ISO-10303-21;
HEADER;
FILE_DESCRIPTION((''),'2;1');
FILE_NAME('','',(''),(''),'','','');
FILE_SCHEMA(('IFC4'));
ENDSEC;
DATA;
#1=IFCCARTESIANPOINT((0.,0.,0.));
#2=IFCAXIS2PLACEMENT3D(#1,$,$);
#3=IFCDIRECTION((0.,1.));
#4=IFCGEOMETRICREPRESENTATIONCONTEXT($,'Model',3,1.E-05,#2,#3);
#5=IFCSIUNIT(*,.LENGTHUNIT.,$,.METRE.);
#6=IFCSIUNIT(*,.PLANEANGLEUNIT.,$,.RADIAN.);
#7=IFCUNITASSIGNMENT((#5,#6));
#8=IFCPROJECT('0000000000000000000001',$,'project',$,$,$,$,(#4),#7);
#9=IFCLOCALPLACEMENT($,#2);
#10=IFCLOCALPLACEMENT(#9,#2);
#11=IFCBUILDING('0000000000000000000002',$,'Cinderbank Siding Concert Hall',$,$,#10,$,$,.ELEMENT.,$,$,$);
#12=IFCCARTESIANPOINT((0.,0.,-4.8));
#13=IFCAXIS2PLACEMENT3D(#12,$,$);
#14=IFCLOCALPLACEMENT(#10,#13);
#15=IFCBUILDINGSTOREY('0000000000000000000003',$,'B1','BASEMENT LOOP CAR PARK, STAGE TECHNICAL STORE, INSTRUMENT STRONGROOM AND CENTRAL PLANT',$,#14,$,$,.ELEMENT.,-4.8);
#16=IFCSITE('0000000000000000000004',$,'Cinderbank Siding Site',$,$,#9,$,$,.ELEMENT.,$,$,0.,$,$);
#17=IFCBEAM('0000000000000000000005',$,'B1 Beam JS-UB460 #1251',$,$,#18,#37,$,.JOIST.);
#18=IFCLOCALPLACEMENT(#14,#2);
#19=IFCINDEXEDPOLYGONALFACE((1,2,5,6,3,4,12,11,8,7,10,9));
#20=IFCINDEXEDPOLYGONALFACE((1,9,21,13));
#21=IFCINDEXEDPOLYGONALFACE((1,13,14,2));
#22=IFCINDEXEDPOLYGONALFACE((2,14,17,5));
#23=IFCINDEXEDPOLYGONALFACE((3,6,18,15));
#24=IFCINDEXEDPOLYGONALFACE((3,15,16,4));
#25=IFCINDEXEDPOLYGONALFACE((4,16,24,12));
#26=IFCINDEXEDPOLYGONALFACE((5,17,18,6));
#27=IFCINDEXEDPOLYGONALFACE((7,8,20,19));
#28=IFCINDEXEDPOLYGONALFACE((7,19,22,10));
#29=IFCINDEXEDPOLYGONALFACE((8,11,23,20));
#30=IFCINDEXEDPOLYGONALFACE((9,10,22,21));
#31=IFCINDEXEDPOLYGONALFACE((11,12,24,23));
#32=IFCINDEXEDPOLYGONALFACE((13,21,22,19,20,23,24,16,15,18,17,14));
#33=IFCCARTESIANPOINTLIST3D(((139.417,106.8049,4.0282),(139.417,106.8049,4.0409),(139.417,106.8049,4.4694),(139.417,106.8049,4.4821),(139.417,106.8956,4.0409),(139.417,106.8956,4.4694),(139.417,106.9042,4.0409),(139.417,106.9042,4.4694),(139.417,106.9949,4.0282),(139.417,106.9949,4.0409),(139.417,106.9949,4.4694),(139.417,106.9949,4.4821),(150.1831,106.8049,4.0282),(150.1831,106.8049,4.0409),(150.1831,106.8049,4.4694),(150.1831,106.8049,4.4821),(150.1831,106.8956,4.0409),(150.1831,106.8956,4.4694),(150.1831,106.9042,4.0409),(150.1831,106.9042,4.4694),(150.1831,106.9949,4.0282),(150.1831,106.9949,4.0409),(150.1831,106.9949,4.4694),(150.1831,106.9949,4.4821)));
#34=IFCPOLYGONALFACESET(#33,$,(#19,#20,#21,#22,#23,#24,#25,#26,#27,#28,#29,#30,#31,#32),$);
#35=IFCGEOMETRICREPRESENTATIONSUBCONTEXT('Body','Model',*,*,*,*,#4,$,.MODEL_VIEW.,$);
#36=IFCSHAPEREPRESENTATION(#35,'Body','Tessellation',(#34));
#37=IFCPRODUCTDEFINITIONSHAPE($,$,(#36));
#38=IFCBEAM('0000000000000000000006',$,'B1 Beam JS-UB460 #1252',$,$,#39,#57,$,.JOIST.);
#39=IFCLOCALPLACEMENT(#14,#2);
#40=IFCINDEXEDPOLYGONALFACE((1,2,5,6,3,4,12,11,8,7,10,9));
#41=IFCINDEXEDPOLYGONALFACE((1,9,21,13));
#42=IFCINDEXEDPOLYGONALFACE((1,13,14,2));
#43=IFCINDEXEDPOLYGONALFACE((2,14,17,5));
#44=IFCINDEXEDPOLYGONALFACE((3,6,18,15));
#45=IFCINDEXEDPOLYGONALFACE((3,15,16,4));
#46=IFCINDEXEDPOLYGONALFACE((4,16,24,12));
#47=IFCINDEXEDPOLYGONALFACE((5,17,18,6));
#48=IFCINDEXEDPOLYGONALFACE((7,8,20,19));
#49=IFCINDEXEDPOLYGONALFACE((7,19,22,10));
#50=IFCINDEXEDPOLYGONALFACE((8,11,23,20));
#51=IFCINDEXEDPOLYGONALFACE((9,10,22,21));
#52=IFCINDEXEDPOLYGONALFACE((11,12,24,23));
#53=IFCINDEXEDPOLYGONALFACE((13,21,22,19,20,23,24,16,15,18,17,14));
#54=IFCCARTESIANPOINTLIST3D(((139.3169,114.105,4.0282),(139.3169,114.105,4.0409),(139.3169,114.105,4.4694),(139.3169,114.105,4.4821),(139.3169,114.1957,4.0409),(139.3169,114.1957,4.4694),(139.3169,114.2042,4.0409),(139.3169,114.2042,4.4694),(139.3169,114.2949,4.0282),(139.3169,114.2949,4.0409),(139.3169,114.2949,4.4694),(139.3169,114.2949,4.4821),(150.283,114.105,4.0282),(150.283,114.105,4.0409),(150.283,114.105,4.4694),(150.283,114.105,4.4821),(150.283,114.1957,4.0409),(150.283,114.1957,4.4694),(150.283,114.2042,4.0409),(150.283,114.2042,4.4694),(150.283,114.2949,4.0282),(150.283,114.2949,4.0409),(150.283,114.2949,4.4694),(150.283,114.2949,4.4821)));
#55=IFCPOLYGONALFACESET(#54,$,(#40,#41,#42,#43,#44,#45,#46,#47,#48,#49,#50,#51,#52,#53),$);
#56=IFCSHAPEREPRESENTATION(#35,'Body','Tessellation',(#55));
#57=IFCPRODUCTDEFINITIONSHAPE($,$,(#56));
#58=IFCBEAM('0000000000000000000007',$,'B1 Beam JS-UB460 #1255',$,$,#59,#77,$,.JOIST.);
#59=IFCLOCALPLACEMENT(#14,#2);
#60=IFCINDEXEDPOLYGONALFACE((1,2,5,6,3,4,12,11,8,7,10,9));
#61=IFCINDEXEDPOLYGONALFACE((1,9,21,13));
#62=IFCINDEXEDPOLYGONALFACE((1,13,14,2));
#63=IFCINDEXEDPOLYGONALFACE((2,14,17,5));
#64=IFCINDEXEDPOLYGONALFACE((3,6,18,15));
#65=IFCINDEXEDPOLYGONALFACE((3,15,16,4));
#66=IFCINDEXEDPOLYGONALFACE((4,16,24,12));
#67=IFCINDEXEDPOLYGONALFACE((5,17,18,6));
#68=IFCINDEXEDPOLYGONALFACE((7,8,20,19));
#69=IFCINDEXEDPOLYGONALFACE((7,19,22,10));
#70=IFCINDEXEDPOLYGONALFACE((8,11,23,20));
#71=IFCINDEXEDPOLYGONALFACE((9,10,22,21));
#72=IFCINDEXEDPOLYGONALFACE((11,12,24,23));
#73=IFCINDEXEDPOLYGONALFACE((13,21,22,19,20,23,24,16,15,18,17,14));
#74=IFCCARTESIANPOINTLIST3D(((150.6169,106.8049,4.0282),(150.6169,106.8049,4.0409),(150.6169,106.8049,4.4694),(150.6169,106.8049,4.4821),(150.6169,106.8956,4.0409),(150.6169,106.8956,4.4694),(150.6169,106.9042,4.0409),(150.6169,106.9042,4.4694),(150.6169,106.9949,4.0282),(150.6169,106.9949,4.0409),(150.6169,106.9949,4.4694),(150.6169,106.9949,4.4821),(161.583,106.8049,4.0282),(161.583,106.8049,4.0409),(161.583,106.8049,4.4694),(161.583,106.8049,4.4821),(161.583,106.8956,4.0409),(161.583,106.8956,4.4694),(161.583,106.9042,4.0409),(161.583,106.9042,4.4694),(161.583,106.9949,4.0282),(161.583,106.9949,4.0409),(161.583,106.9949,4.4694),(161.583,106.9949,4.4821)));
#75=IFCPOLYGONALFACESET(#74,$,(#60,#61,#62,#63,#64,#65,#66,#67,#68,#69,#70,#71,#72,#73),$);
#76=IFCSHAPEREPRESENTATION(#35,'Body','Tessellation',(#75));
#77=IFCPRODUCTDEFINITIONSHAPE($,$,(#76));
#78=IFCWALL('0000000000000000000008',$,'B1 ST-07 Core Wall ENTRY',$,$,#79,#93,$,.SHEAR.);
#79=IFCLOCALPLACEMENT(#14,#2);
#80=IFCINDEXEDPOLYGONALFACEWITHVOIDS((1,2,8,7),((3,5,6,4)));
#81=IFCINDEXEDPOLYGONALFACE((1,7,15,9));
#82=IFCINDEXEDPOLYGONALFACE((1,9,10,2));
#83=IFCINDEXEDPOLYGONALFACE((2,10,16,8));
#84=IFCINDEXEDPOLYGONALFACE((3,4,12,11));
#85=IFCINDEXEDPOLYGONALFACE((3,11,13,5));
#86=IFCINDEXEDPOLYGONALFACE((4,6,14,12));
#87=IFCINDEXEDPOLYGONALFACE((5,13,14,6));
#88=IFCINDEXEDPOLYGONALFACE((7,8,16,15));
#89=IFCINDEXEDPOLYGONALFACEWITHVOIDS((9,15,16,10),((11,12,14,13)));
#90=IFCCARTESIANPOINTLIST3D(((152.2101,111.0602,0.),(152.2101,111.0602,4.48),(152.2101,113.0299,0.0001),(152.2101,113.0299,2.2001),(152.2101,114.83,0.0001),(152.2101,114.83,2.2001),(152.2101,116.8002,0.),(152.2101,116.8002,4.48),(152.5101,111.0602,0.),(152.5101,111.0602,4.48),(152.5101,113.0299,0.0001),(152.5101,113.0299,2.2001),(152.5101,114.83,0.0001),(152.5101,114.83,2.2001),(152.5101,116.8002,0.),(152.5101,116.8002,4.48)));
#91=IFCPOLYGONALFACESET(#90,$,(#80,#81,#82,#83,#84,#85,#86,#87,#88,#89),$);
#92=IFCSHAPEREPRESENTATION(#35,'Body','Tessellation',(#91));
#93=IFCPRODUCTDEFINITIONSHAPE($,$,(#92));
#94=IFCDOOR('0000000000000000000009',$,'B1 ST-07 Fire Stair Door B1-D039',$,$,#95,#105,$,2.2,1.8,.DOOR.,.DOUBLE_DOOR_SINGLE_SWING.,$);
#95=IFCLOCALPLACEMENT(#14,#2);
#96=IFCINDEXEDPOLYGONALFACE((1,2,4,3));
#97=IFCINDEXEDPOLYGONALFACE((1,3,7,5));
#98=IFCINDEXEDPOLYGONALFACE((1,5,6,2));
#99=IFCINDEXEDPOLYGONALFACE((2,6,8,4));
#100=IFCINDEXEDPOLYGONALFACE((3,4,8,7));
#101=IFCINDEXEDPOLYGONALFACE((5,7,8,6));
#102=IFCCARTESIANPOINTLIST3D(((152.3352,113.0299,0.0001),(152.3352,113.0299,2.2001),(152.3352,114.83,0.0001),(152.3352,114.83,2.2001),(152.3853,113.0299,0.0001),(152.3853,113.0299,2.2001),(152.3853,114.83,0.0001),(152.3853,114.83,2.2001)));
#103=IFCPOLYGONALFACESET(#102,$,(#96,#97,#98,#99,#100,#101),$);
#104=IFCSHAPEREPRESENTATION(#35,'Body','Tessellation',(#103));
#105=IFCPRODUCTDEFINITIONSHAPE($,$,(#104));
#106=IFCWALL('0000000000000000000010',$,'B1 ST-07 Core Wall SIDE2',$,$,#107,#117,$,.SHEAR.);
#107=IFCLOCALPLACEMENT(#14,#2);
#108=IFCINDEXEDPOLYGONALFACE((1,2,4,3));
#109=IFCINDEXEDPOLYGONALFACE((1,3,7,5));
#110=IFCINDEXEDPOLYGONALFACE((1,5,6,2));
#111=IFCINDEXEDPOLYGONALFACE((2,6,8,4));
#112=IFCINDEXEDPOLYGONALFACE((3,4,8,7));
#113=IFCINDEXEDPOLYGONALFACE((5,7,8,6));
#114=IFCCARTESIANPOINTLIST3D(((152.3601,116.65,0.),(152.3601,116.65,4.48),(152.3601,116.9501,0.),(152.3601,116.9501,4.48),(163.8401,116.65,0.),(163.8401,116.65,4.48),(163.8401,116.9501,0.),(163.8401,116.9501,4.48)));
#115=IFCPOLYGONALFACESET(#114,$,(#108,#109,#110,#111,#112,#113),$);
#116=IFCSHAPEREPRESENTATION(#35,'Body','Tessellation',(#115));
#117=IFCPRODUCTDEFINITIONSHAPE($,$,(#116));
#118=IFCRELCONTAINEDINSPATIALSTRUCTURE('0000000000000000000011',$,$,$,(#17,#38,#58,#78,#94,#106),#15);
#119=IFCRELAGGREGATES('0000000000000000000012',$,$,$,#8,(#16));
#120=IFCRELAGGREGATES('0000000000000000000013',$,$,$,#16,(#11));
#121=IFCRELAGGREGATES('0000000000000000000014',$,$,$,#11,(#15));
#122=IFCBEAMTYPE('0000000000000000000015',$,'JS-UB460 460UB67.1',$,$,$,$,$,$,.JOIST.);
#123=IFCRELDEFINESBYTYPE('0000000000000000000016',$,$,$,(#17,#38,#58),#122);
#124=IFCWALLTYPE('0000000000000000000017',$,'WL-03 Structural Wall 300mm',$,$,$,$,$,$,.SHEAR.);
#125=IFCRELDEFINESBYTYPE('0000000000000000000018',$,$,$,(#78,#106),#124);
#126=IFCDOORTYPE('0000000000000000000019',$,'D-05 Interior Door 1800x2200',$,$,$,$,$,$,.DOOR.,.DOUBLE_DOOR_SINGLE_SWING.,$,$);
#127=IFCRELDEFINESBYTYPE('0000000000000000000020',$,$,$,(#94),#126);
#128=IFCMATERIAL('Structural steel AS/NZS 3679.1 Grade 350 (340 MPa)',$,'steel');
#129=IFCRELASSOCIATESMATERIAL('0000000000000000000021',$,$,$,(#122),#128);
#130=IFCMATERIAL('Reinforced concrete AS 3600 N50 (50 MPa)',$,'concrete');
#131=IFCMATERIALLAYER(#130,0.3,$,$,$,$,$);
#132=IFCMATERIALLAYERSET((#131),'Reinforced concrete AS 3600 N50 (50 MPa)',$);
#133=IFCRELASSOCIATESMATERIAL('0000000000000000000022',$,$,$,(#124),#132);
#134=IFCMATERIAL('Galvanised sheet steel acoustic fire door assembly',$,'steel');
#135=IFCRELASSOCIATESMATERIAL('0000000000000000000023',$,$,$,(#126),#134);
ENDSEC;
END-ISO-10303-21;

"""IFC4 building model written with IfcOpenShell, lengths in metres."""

from ifc_helpers import new_model, si_unit, direction, frame, frame_2d, origin, origin_2d, place, context, subcontext, project, spatial, rectangle, i_section, extrude, material, layer, layer_set, material_profile, profile_set, type_object, element, fill, save


model = new_model("IFC4")

# Units and contexts
model_context = context("Model", 3, precision=1e-05, world=origin(), true_north=direction((0.0, 1.0)))
body_context = subcontext(model_context, "Body", "Model", "MODEL_VIEW")
ifc_project = project(units=[si_unit("LENGTHUNIT", "METRE"), si_unit("PLANEANGLEUNIT", "RADIAN")], contexts=[model_context])

# Site, building, storey
site_placement = place(None, origin())
site = spatial("IfcSite", under=ifc_project, at=site_placement, Name="Cinderbank Siding Site", CompositionType="ELEMENT", RefElevation=0.0)
building_placement = place(site_placement, origin())
building = spatial("IfcBuilding", under=site, at=building_placement, Name="Cinderbank Siding Concert Hall", CompositionType="ELEMENT")
storey_placement = place(building_placement, frame((0.0, 0.0, -4.8)))
storey = spatial("IfcBuildingStorey", under=building, at=storey_placement, Name="B1", Description="BASEMENT LOOP CAR PARK, STAGE TECHNICAL STORE, INSTRUMENT STRONGROOM AND CENTRAL PLANT", CompositionType="ELEMENT", Elevation=-4.8)

# Shared definitions
ifc_material_1 = material(Name="Reinforced concrete AS 3600 N50 (50 MPa)", Category="concrete")

# Beams
ifc_material_2 = material(Name="Structural steel AS/NZS 3679.1 Grade 350 (340 MPa)", Category="steel")
ifc_material_profile_1 = material_profile(ifc_material_2, i_section(OverallWidth=0.1899, OverallDepth=0.4539, WebThickness=0.0085, FlangeThickness=0.0127, at=origin_2d()), Name="460UB67.1", Category="LoadBearing")
ifc_profile_set_1 = profile_set([ifc_material_profile_1], Name="Structural steel AS/NZS 3679.1 Grade 350 (340 MPa)")
beam_type_1 = type_object("IfcBeamType", Name="JS-UB460 460UB67.1", PredefinedType="JOIST", material=ifc_profile_set_1)
beam_1_placement = place(storey_placement, frame((139.417, 106.8999, 4.2551), z_axis=(1.0, 0.0, 0.0), x_axis=(0.0, 1.0, 0.0)))
element("IfcBeam", 1, at=beam_1_placement, inside=storey, type_object=beam_type_1, Name="B1 Beam JS-UB460 #1251", PredefinedType="JOIST", context=body_context, shape_type="SweptSolid", body=[
    extrude(i_section(OverallWidth=0.1899, OverallDepth=0.4539, WebThickness=0.0085, FlangeThickness=0.0127, at=origin_2d()), origin(), (0.0, 0.0, 1.0), 10.7661),
])
for number, where, z_axis, x_axis, name in (
    (2, (139.3169, 114.2, 4.2551), (1.0, 0.0, 0.0), (0.0, 1.0, 0.0), "B1 Beam JS-UB460 #1252"),
    (3, (150.6169, 106.8999, 4.2551), (1.0, 0.0, 0.0), (0.0, 1.0, 0.0), "B1 Beam JS-UB460 #1255"),
):
    element("IfcBeam", number, at=place(storey_placement, frame(where, z_axis=z_axis, x_axis=x_axis)), inside=storey, type_object=beam_type_1, Name=name, PredefinedType="JOIST", context=body_context, shape_type="SweptSolid", body=[
        extrude(i_section(OverallWidth=0.1899, OverallDepth=0.4539, WebThickness=0.0085, FlangeThickness=0.0127, at=origin_2d()), origin(), (0.0, 0.0, 1.0), 10.9661),
    ])

# Wall, opening, door
ifc_layer_1 = layer(ifc_material_1, 0.3)
ifc_layer_set_1 = layer_set([ifc_layer_1], Name="Reinforced concrete AS 3600 N50 (50 MPa)")
wall_type = type_object("IfcWallType", Name="WL-03 Structural Wall 300mm", PredefinedType="SHEAR", material=ifc_layer_set_1)
wall_1_placement = place(storey_placement, frame((152.3601, 111.0601, 0.0), z_axis=(0.0, 0.0, 1.0), x_axis=(0.0, 1.0, 0.0)))
wall_1 = element("IfcWall", 4, at=wall_1_placement, inside=storey, type_object=wall_type, Name="B1 ST-07 Core Wall ENTRY", PredefinedType="SHEAR", context=body_context, shape_type="SweptSolid", body=[
    extrude(rectangle(XDim=5.74, YDim=0.3, at=frame_2d((2.8701, 0.0))), origin(), (0.0, 0.0, 1.0), 4.48),
])
opening_placement = place(wall_1_placement, frame((1.97, 0.0, 0.0)))
opening = element("IfcOpeningElement", 5, at=opening_placement, cuts=wall_1, PredefinedType="OPENING", context=body_context, shape_type="SweptSolid", body=[
    extrude(rectangle(XDim=1.8, YDim=2.2, at=frame_2d((0.8999, 1.1001))), frame((0.0, 0.1621, 0.0), z_axis=(0.0, -1.0, 0.0), x_axis=(1.0, 0.0, 0.0)), (0.0, 0.0, 1.0), 0.324),
])
ifc_material_3 = material(Name="Galvanised sheet steel acoustic fire door assembly", Category="steel")
door_type = type_object("IfcDoorType", Name="D-05 Interior Door 1800x2200", OperationType="DOUBLE_DOOR_SINGLE_SWING", PredefinedType="DOOR", material=ifc_material_3)
door_placement = place(opening_placement, origin())
door = element("IfcDoor", 6, at=door_placement, inside=storey, type_object=door_type, Name="B1 ST-07 Fire Stair Door B1-D039", OperationType="DOUBLE_DOOR_SINGLE_SWING", OverallHeight=2.2, OverallWidth=1.8, PredefinedType="DOOR", context=body_context, shape_type="SweptSolid", body=[
    extrude(rectangle(XDim=1.8, YDim=2.2, at=frame_2d((0.8999, 1.1001))), frame((0.0, 0.0249, 0.0), z_axis=(0.0, -1.0, 0.0), x_axis=(1.0, 0.0, 0.0)), (0.0, 0.0, 1.0), 0.05),
])
fill(opening, door)

# Wall
wall_2_placement = place(storey_placement, frame((152.3601, 116.8, 0.0), z_axis=(0.0, 0.0, 1.0), x_axis=(1.0, 0.0, 0.0)))
element("IfcWall", 7, at=wall_2_placement, inside=storey, type_object=wall_type, Name="B1 ST-07 Core Wall SIDE2", PredefinedType="SHEAR", context=body_context, shape_type="SweptSolid", body=[
    extrude(rectangle(XDim=11.48, YDim=0.3, at=frame_2d((5.74, 0.0))), origin(), (0.0, 0.0, 1.0), 4.48),
])

save(model, "model.ifc")
